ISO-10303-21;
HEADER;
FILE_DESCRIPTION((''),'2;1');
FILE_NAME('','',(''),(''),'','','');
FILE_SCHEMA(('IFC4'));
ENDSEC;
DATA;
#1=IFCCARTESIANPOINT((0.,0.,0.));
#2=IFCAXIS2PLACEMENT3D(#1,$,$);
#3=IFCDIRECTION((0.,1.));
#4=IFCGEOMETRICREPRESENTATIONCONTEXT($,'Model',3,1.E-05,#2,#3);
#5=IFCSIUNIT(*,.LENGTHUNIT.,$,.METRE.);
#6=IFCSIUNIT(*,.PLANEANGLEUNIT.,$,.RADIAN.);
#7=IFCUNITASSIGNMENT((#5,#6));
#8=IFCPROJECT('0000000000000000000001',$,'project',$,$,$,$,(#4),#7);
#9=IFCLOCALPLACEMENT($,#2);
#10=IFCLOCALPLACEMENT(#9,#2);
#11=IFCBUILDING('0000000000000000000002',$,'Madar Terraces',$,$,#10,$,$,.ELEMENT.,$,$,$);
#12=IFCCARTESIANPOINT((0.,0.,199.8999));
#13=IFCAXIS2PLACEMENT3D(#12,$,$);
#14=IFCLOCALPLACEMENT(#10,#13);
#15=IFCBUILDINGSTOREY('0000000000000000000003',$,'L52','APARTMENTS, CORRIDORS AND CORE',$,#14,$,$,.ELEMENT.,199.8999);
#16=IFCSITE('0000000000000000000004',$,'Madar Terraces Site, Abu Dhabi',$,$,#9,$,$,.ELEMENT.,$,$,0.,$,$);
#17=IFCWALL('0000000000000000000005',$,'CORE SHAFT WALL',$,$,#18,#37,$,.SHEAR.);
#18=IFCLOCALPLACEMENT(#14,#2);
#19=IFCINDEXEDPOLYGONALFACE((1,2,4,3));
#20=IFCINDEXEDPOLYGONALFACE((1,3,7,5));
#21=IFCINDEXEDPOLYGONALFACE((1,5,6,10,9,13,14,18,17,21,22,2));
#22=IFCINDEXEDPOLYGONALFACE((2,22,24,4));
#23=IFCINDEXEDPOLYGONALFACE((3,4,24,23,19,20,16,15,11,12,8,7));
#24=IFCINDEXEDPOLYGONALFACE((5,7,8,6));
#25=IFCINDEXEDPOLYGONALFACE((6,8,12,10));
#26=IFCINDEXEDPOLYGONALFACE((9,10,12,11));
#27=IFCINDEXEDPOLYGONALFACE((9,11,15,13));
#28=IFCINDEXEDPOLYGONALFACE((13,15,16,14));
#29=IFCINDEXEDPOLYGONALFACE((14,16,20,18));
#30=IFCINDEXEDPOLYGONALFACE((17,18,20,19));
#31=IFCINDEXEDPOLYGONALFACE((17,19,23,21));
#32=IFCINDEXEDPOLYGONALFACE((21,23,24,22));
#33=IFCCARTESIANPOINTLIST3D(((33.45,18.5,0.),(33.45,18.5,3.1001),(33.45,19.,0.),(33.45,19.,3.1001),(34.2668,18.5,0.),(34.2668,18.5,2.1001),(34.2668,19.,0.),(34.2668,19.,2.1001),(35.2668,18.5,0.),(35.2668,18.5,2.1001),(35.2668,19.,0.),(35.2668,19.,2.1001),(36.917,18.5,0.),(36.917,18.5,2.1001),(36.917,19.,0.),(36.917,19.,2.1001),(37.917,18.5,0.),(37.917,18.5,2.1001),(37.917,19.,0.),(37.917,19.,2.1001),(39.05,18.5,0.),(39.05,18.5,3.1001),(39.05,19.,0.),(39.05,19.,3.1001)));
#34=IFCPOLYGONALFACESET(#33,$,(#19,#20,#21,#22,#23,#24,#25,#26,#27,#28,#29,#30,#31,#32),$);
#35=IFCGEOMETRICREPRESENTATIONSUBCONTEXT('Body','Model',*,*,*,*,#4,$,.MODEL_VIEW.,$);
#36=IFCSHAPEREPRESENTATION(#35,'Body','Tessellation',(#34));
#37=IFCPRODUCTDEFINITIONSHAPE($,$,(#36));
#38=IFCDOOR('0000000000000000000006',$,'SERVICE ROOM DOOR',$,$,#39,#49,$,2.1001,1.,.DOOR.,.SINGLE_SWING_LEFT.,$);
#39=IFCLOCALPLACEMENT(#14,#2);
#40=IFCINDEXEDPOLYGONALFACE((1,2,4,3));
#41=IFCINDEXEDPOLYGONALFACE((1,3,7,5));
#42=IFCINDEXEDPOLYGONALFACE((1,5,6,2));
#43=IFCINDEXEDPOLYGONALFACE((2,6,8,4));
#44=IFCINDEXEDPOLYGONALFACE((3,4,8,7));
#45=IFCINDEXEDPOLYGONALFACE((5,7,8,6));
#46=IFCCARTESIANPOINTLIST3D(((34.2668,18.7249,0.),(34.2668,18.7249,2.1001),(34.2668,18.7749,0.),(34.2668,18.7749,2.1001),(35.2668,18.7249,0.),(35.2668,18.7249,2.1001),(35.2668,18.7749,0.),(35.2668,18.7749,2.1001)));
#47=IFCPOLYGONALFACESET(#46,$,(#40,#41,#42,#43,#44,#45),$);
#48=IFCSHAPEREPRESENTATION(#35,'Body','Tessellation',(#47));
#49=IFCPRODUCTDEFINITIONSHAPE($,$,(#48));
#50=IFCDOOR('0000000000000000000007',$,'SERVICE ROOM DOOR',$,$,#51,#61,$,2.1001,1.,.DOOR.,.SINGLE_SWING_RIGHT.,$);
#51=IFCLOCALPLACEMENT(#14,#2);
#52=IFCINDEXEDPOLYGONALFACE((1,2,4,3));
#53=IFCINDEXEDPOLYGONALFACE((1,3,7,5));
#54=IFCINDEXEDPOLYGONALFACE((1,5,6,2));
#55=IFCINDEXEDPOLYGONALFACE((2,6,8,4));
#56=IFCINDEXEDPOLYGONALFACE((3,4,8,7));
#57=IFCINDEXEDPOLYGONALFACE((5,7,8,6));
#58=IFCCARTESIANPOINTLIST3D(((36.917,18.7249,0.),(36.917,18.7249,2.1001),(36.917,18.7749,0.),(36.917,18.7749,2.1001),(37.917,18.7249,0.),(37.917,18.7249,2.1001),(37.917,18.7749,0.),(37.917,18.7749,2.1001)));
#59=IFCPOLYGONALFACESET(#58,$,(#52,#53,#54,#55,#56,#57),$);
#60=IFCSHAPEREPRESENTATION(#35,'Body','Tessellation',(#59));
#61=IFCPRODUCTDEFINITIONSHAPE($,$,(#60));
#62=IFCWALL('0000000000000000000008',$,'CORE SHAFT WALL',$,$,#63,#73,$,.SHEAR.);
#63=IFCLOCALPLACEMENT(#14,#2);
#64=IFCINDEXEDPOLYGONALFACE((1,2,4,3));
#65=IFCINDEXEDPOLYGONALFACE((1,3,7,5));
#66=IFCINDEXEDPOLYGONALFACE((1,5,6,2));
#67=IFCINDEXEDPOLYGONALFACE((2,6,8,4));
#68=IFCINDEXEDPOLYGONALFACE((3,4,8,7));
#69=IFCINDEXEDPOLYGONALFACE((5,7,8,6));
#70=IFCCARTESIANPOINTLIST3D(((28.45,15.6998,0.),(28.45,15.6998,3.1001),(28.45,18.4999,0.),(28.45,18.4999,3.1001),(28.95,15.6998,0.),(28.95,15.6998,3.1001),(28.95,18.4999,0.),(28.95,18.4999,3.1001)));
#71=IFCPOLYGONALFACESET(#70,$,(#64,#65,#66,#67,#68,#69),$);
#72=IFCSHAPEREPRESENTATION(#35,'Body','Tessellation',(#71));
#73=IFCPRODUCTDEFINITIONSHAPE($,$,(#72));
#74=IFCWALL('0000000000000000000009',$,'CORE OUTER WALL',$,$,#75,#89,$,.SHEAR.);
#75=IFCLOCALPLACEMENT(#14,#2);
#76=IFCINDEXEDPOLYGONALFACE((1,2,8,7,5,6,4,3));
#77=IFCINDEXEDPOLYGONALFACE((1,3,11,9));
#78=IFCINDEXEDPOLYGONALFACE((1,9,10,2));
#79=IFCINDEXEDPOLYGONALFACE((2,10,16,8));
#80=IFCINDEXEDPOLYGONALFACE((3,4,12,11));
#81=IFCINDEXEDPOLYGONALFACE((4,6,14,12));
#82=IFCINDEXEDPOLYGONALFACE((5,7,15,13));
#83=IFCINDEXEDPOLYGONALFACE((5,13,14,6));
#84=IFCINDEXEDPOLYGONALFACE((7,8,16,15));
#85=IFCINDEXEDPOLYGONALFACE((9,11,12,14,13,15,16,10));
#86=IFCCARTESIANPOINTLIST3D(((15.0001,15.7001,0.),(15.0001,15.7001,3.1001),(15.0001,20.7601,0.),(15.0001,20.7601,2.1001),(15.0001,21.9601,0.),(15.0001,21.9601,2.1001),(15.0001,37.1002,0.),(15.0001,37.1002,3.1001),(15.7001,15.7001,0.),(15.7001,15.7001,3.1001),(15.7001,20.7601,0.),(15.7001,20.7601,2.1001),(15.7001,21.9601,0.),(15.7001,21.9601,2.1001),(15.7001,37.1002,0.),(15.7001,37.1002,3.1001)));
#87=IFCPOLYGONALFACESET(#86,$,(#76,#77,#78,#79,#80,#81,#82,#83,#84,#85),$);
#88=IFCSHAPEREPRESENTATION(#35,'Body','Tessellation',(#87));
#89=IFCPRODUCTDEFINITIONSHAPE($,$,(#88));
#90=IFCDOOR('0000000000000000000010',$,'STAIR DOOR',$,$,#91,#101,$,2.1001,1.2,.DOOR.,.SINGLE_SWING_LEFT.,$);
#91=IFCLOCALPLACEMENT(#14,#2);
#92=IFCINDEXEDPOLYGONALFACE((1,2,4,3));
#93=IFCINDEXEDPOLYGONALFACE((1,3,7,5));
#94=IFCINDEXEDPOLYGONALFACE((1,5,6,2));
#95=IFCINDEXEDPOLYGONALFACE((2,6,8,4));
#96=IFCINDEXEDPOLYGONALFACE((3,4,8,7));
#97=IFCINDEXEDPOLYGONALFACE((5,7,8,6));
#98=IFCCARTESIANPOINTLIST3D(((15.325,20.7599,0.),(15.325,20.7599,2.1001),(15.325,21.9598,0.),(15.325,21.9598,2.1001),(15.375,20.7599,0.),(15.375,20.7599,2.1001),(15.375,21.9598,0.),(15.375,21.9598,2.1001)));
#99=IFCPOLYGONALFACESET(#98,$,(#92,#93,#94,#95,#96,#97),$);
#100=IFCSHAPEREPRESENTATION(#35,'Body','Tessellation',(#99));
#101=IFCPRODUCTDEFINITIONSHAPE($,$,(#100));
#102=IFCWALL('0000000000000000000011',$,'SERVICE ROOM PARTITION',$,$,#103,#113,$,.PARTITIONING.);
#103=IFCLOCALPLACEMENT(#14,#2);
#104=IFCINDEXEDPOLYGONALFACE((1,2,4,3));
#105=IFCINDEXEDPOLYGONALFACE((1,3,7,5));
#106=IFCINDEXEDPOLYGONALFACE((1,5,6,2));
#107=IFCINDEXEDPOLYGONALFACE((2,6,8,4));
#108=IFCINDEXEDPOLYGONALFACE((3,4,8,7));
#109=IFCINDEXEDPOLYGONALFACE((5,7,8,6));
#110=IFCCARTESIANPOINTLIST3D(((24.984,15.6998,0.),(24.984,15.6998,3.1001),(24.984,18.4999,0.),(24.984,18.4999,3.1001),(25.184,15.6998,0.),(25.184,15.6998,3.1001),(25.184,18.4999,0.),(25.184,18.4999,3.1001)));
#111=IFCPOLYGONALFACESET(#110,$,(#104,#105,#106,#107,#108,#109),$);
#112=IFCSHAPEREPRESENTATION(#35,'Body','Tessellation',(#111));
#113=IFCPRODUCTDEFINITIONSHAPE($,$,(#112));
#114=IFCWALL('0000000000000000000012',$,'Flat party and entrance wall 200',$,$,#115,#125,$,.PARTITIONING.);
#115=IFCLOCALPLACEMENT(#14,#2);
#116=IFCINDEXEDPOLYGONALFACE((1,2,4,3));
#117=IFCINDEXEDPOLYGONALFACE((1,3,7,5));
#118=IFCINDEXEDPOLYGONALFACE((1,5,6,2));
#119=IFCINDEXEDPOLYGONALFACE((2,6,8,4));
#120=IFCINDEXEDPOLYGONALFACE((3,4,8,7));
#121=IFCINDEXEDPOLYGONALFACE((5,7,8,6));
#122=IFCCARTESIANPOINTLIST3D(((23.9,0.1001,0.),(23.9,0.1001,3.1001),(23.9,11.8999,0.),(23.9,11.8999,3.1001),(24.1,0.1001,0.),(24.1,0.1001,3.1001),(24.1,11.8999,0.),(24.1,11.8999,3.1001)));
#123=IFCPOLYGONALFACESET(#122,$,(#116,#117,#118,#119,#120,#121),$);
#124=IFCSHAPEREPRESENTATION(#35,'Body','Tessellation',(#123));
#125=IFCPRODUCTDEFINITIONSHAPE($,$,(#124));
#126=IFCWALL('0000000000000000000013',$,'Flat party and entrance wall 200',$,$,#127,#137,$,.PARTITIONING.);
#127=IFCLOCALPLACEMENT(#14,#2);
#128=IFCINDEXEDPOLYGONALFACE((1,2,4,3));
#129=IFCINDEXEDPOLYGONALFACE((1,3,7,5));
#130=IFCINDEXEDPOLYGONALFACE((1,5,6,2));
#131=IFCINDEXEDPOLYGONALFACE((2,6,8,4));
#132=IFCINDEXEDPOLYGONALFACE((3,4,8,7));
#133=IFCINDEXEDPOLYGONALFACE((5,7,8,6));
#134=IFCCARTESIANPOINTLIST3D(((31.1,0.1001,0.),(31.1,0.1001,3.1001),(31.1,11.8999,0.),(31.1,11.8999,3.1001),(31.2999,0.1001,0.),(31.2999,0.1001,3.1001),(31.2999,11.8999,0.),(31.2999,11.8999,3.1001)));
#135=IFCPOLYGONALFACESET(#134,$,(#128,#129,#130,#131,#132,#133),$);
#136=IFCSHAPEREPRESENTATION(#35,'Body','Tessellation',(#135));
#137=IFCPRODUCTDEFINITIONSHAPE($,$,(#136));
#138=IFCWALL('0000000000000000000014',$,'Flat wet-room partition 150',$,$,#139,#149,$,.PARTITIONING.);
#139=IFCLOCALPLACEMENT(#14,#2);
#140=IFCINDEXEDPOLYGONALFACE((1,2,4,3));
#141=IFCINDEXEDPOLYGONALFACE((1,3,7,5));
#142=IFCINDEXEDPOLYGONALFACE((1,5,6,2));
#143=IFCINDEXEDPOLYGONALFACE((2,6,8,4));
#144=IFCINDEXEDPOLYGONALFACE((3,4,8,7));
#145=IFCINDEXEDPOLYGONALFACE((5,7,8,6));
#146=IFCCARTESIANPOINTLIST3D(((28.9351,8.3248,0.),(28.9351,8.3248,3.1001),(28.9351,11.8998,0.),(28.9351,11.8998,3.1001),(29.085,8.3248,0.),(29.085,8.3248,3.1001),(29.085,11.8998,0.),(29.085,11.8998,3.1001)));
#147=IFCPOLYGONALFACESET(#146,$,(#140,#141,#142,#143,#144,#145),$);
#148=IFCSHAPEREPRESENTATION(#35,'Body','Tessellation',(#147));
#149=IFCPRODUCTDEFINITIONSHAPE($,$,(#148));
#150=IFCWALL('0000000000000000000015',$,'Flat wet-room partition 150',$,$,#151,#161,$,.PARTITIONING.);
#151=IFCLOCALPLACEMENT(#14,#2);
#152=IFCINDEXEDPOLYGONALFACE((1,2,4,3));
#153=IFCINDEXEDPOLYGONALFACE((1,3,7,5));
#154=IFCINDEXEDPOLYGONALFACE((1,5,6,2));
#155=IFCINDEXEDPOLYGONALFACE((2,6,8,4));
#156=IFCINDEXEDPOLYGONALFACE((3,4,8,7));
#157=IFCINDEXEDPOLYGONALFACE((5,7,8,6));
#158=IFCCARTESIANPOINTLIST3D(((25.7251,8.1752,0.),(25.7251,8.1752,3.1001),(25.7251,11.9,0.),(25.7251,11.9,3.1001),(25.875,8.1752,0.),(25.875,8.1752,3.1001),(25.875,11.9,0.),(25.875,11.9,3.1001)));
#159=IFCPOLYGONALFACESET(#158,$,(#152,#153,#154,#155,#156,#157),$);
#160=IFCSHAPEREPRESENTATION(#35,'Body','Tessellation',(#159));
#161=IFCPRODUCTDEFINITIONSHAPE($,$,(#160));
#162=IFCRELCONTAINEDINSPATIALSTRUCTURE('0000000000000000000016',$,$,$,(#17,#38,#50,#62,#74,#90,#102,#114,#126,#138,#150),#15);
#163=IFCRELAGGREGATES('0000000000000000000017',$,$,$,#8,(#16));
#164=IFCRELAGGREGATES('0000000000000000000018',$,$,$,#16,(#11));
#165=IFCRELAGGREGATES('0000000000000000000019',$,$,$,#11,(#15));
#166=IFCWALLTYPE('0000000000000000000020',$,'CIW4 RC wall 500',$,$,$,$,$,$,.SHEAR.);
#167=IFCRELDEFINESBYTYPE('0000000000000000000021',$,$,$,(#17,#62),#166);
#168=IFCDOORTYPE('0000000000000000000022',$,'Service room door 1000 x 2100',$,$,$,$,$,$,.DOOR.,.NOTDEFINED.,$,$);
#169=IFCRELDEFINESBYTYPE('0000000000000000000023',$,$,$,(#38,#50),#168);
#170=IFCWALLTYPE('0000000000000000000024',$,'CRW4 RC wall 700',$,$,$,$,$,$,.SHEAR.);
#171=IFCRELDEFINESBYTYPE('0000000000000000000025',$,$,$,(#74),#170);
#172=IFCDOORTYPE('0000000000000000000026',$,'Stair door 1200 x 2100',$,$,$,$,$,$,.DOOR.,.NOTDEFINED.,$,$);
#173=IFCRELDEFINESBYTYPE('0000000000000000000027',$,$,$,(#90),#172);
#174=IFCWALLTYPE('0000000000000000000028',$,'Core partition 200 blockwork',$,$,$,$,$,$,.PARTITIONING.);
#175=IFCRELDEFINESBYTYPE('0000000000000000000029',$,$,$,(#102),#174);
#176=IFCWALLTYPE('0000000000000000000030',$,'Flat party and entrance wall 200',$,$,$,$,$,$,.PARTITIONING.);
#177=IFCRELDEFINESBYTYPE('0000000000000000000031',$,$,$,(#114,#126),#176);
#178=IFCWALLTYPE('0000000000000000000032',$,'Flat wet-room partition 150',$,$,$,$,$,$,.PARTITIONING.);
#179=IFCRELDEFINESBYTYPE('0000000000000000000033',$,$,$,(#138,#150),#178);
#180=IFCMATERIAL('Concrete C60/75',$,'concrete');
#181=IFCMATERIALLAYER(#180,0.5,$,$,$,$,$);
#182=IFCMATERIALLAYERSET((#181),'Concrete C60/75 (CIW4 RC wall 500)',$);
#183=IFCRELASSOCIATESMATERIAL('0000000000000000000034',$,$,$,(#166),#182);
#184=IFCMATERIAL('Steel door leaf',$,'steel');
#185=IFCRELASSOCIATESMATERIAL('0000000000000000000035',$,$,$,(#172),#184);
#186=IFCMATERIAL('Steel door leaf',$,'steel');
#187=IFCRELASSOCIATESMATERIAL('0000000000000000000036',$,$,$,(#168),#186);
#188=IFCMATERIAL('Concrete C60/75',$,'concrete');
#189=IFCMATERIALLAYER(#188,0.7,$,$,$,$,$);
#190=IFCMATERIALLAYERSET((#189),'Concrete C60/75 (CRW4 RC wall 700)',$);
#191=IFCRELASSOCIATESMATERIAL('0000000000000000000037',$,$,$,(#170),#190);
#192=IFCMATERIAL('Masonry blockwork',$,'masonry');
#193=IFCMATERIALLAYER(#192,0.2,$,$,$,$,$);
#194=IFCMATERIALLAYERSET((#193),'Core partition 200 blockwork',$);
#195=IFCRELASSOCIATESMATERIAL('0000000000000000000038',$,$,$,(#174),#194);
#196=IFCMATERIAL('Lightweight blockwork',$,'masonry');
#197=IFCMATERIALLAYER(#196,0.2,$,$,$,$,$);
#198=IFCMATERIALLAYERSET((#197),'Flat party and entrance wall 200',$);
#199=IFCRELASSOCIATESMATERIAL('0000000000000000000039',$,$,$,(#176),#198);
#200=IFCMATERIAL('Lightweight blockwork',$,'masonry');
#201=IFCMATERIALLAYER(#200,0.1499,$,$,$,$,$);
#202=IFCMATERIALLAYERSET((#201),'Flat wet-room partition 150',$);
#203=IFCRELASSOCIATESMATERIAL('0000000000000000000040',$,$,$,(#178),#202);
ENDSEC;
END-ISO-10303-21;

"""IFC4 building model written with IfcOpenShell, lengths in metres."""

from ifc_helpers import new_model, si_unit, direction, frame, frame_2d, origin, place, context, subcontext, project, spatial, rectangle, extrude, material, layer, layer_set, type_object, element, fill, save


model = new_model("IFC4")

# Units and contexts
model_context = context("Model", 3, precision=1e-05, world=origin(), true_north=direction((0.0, 1.0)))
body_context = subcontext(model_context, "Body", "Model", "MODEL_VIEW")
ifc_project = project(units=[si_unit("LENGTHUNIT", "METRE"), si_unit("PLANEANGLEUNIT", "RADIAN")], contexts=[model_context])

# Site, building, storey
site_placement = place(None, origin())
site = spatial("IfcSite", under=ifc_project, at=site_placement, Name="Madar Terraces Site, Abu Dhabi", CompositionType="ELEMENT", RefElevation=0.0)
building_placement = place(site_placement, origin())
building = spatial("IfcBuilding", under=site, at=building_placement, Name="Madar Terraces", CompositionType="ELEMENT")
storey_placement = place(building_placement, frame((0.0, 0.0, 199.8999)))
storey = spatial("IfcBuildingStorey", under=building, at=storey_placement, Name="L52", Description="APARTMENTS, CORRIDORS AND CORE", CompositionType="ELEMENT", Elevation=199.8999)

# Shared definitions
ifc_material_1 = material(Name="Concrete C60/75", Category="concrete")
ifc_layer_1 = layer(ifc_material_1, 0.5)
ifc_layer_set_1 = layer_set([ifc_layer_1], Name="Concrete C60/75 (CIW4 RC wall 500)")
wall_type_1 = type_object("IfcWallType", Name="CIW4 RC wall 500", PredefinedType="SHEAR", material=ifc_layer_set_1)
ifc_material_2 = material(Name="Steel door leaf", Category="steel")
door_type_1 = type_object("IfcDoorType", Name="Stair door 1200 x 2100", OperationType="NOTDEFINED", PredefinedType="DOOR", material=ifc_material_2)

# Wall, openings, doors
ifc_material_3 = material(Name="Steel door leaf", Category="steel")
door_type_2 = type_object("IfcDoorType", Name="Service room door 1000 x 2100", OperationType="NOTDEFINED", PredefinedType="DOOR", material=ifc_material_3)
wall_1_placement = place(storey_placement, frame((33.45, 18.75, 0.0), z_axis=(0.0, 0.0, 1.0), x_axis=(1.0, 0.0, 0.0)))
wall_1 = element("IfcWall", 1, at=wall_1_placement, inside=storey, type_object=wall_type_1, Name="CORE SHAFT WALL", PredefinedType="SHEAR", context=body_context, shape_type="SweptSolid", body=[
    extrude(rectangle(XDim=5.6001, YDim=0.5, at=frame_2d((2.8, 0.0))), origin(), (0.0, 0.0, 1.0), 3.1001),
])
opening_1_placement = place(wall_1_placement, frame((0.8169, 0.0, 0.0)))
opening_1 = element("IfcOpeningElement", 2, at=opening_1_placement, cuts=wall_1, PredefinedType="OPENING", context=body_context, shape_type="SweptSolid", body=[
    extrude(rectangle(XDim=1.0, YDim=2.1001, at=frame_2d((0.5, 1.05))), frame((0.0, 0.26, 0.0), z_axis=(0.0, -1.0, 0.0), x_axis=(1.0, 0.0, 0.0)), (0.0, 0.0, 1.0), 0.52),
])
opening_2_placement = place(wall_1_placement, frame((3.467, 0.0, 0.0)))
opening_2 = element("IfcOpeningElement", 3, at=opening_2_placement, cuts=wall_1, PredefinedType="OPENING", context=body_context, shape_type="SweptSolid", body=[
    extrude(rectangle(XDim=1.0, YDim=2.1001, at=frame_2d((0.5, 1.05))), frame((0.0, 0.26, 0.0), z_axis=(0.0, -1.0, 0.0), x_axis=(1.0, 0.0, 0.0)), (0.0, 0.0, 1.0), 0.52),
])
door_1_placement = place(opening_1_placement, origin())
door_1 = element("IfcDoor", 4, at=door_1_placement, inside=storey, type_object=door_type_2, Name="SERVICE ROOM DOOR", OperationType="SINGLE_SWING_LEFT", OverallHeight=2.1001, OverallWidth=1.0, PredefinedType="DOOR", context=body_context, shape_type="SweptSolid", body=[
    extrude(rectangle(XDim=1.0, YDim=2.1001, at=frame_2d((0.5, 1.05))), frame((0.0, 0.0249, 0.0), z_axis=(0.0, -1.0, 0.0), x_axis=(1.0, 0.0, 0.0)), (0.0, 0.0, 1.0), 0.05),
])
fill(opening_1, door_1)
door_2_placement = place(opening_2_placement, origin())
door_2 = element("IfcDoor", 5, at=door_2_placement, inside=storey, type_object=door_type_2, Name="SERVICE ROOM DOOR", OperationType="SINGLE_SWING_RIGHT", OverallHeight=2.1001, OverallWidth=1.0, PredefinedType="DOOR", context=body_context, shape_type="SweptSolid", body=[
    extrude(rectangle(XDim=1.0, YDim=2.1001, at=frame_2d((0.5, 1.05))), frame((0.0, 0.0249, 0.0), z_axis=(0.0, -1.0, 0.0), x_axis=(1.0, 0.0, 0.0)), (0.0, 0.0, 1.0), 0.05),
])
fill(opening_2, door_2)

# Wall
wall_2_placement = place(storey_placement, frame((28.7, 15.7, 0.0), z_axis=(0.0, 0.0, 1.0), x_axis=(0.0, 1.0, 0.0)))
element("IfcWall", 6, at=wall_2_placement, inside=storey, type_object=wall_type_1, Name="CORE SHAFT WALL", PredefinedType="SHEAR", context=body_context, shape_type="SweptSolid", body=[
    extrude(rectangle(XDim=2.8, YDim=0.5, at=frame_2d((1.3999, 0.0))), origin(), (0.0, 0.0, 1.0), 3.1001),
])

# Wall, opening, door
ifc_material_4 = material(Name="Concrete C60/75", Category="concrete")
ifc_layer_2 = layer(ifc_material_4, 0.7)
ifc_layer_set_2 = layer_set([ifc_layer_2], Name="Concrete C60/75 (CRW4 RC wall 700)")
wall_type_2 = type_object("IfcWallType", Name="CRW4 RC wall 700", PredefinedType="SHEAR", material=ifc_layer_set_2)
wall_3_placement = place(storey_placement, frame((15.3501, 15.7, 0.0), z_axis=(0.0, 0.0, 1.0), x_axis=(0.0, 1.0, 0.0)))
wall_3 = element("IfcWall", 7, at=wall_3_placement, inside=storey, type_object=wall_type_2, Name="CORE OUTER WALL", PredefinedType="SHEAR", context=body_context, shape_type="SweptSolid", body=[
    extrude(rectangle(XDim=21.4001, YDim=0.7, at=frame_2d((10.7002, 0.0))), origin(), (0.0, 0.0, 1.0), 3.1001),
])
opening_3_placement = place(wall_3_placement, frame((5.0601, 0.0, 0.0)))
opening_3 = element("IfcOpeningElement", 8, at=opening_3_placement, cuts=wall_3, PredefinedType="OPENING", context=body_context, shape_type="SweptSolid", body=[
    extrude(rectangle(XDim=1.2, YDim=2.1001, at=frame_2d((0.6001, 1.05))), frame((0.0, 0.3599, 0.0), z_axis=(0.0, -1.0, 0.0), x_axis=(1.0, 0.0, 0.0)), (0.0, 0.0, 1.0), 0.72),
])
door_3_placement = place(opening_3_placement, frame((1.2, 0.0, 0.0), z_axis=(0.0, 0.0, 1.0), x_axis=(-1.0, 0.0, 0.0)))
door_3 = element("IfcDoor", 9, at=door_3_placement, inside=storey, type_object=door_type_1, Name="STAIR DOOR", OperationType="SINGLE_SWING_LEFT", OverallHeight=2.1001, OverallWidth=1.2, PredefinedType="DOOR", context=body_context, shape_type="SweptSolid", body=[
    extrude(rectangle(XDim=1.2, YDim=2.1001, at=frame_2d((0.6001, 1.05))), frame((0.0, 0.0249, 0.0), z_axis=(0.0, -1.0, 0.0), x_axis=(1.0, 0.0, 0.0)), (0.0, 0.0, 1.0), 0.05),
])
fill(opening_3, door_3)

# Walls
ifc_material_5 = material(Name="Masonry blockwork", Category="masonry")
ifc_layer_3 = layer(ifc_material_5, 0.2)
ifc_layer_set_3 = layer_set([ifc_layer_3], Name="Core partition 200 blockwork")
wall_type_3 = type_object("IfcWallType", Name="Core partition 200 blockwork", PredefinedType="PARTITIONING", material=ifc_layer_set_3)
wall_4_placement = place(storey_placement, frame((25.084, 15.7, 0.0), z_axis=(0.0, 0.0, 1.0), x_axis=(0.0, 1.0, 0.0)))
element("IfcWall", 10, at=wall_4_placement, inside=storey, type_object=wall_type_3, Name="SERVICE ROOM PARTITION", PredefinedType="PARTITIONING", context=body_context, shape_type="SweptSolid", body=[
    extrude(rectangle(XDim=2.8, YDim=0.2, at=frame_2d((1.3999, 0.0))), origin(), (0.0, 0.0, 1.0), 3.1001),
])
ifc_material_6 = material(Name="Lightweight blockwork", Category="masonry")
ifc_layer_4 = layer(ifc_material_6, 0.2)
ifc_layer_set_4 = layer_set([ifc_layer_4], Name="Flat party and entrance wall 200")
wall_type_4 = type_object("IfcWallType", Name="Flat party and entrance wall 200", PredefinedType="PARTITIONING", material=ifc_layer_set_4)
for number, where, z_axis, x_axis, name in (
    (11, (24.0, 11.8999, 0.0), (0.0, 0.0, 1.0), (0.0, -1.0, 0.0), "Flat party and entrance wall 200"),
    (12, (31.2, 11.8999, 0.0), (0.0, 0.0, 1.0), (0.0, -1.0, 0.0), "Flat party and entrance wall 200"),
):
    element("IfcWall", number, at=place(storey_placement, frame(where, z_axis=z_axis, x_axis=x_axis)), inside=storey, type_object=wall_type_4, Name=name, PredefinedType="PARTITIONING", context=body_context, shape_type="SweptSolid", body=[
        extrude(rectangle(XDim=11.7998, YDim=0.2, at=frame_2d((5.8999, 0.0))), origin(), (0.0, 0.0, 1.0), 3.1001),
    ])
ifc_material_7 = material(Name="Lightweight blockwork", Category="masonry")
ifc_layer_5 = layer(ifc_material_7, 0.1499)
ifc_layer_set_5 = layer_set([ifc_layer_5], Name="Flat wet-room partition 150")
wall_type_5 = type_object("IfcWallType", Name="Flat wet-room partition 150", PredefinedType="PARTITIONING", material=ifc_layer_set_5)
wall_5_placement = place(storey_placement, frame((29.01, 11.8999, 0.0), z_axis=(0.0, 0.0, 1.0), x_axis=(0.0, -1.0, 0.0)))
element("IfcWall", 13, at=wall_5_placement, inside=storey, type_object=wall_type_5, Name="Flat wet-room partition 150", PredefinedType="PARTITIONING", context=body_context, shape_type="SweptSolid", body=[
    extrude(rectangle(XDim=3.575, YDim=0.1499, at=frame_2d((1.7876, 0.0))), origin(), (0.0, 0.0, 1.0), 3.1001),
])
wall_6_placement = place(storey_placement, frame((25.8, 11.8999, 0.0), z_axis=(0.0, 0.0, 1.0), x_axis=(0.0, -1.0, 0.0)))
element("IfcWall", 14, at=wall_6_placement, inside=storey, type_object=wall_type_5, Name="Flat wet-room partition 150", PredefinedType="PARTITIONING", context=body_context, shape_type="SweptSolid", body=[
    extrude(rectangle(XDim=3.7249, YDim=0.1499, at=frame_2d((1.8623, 0.0))), origin(), (0.0, 0.0, 1.0), 3.1001),
])

save(model, "model.ifc")
